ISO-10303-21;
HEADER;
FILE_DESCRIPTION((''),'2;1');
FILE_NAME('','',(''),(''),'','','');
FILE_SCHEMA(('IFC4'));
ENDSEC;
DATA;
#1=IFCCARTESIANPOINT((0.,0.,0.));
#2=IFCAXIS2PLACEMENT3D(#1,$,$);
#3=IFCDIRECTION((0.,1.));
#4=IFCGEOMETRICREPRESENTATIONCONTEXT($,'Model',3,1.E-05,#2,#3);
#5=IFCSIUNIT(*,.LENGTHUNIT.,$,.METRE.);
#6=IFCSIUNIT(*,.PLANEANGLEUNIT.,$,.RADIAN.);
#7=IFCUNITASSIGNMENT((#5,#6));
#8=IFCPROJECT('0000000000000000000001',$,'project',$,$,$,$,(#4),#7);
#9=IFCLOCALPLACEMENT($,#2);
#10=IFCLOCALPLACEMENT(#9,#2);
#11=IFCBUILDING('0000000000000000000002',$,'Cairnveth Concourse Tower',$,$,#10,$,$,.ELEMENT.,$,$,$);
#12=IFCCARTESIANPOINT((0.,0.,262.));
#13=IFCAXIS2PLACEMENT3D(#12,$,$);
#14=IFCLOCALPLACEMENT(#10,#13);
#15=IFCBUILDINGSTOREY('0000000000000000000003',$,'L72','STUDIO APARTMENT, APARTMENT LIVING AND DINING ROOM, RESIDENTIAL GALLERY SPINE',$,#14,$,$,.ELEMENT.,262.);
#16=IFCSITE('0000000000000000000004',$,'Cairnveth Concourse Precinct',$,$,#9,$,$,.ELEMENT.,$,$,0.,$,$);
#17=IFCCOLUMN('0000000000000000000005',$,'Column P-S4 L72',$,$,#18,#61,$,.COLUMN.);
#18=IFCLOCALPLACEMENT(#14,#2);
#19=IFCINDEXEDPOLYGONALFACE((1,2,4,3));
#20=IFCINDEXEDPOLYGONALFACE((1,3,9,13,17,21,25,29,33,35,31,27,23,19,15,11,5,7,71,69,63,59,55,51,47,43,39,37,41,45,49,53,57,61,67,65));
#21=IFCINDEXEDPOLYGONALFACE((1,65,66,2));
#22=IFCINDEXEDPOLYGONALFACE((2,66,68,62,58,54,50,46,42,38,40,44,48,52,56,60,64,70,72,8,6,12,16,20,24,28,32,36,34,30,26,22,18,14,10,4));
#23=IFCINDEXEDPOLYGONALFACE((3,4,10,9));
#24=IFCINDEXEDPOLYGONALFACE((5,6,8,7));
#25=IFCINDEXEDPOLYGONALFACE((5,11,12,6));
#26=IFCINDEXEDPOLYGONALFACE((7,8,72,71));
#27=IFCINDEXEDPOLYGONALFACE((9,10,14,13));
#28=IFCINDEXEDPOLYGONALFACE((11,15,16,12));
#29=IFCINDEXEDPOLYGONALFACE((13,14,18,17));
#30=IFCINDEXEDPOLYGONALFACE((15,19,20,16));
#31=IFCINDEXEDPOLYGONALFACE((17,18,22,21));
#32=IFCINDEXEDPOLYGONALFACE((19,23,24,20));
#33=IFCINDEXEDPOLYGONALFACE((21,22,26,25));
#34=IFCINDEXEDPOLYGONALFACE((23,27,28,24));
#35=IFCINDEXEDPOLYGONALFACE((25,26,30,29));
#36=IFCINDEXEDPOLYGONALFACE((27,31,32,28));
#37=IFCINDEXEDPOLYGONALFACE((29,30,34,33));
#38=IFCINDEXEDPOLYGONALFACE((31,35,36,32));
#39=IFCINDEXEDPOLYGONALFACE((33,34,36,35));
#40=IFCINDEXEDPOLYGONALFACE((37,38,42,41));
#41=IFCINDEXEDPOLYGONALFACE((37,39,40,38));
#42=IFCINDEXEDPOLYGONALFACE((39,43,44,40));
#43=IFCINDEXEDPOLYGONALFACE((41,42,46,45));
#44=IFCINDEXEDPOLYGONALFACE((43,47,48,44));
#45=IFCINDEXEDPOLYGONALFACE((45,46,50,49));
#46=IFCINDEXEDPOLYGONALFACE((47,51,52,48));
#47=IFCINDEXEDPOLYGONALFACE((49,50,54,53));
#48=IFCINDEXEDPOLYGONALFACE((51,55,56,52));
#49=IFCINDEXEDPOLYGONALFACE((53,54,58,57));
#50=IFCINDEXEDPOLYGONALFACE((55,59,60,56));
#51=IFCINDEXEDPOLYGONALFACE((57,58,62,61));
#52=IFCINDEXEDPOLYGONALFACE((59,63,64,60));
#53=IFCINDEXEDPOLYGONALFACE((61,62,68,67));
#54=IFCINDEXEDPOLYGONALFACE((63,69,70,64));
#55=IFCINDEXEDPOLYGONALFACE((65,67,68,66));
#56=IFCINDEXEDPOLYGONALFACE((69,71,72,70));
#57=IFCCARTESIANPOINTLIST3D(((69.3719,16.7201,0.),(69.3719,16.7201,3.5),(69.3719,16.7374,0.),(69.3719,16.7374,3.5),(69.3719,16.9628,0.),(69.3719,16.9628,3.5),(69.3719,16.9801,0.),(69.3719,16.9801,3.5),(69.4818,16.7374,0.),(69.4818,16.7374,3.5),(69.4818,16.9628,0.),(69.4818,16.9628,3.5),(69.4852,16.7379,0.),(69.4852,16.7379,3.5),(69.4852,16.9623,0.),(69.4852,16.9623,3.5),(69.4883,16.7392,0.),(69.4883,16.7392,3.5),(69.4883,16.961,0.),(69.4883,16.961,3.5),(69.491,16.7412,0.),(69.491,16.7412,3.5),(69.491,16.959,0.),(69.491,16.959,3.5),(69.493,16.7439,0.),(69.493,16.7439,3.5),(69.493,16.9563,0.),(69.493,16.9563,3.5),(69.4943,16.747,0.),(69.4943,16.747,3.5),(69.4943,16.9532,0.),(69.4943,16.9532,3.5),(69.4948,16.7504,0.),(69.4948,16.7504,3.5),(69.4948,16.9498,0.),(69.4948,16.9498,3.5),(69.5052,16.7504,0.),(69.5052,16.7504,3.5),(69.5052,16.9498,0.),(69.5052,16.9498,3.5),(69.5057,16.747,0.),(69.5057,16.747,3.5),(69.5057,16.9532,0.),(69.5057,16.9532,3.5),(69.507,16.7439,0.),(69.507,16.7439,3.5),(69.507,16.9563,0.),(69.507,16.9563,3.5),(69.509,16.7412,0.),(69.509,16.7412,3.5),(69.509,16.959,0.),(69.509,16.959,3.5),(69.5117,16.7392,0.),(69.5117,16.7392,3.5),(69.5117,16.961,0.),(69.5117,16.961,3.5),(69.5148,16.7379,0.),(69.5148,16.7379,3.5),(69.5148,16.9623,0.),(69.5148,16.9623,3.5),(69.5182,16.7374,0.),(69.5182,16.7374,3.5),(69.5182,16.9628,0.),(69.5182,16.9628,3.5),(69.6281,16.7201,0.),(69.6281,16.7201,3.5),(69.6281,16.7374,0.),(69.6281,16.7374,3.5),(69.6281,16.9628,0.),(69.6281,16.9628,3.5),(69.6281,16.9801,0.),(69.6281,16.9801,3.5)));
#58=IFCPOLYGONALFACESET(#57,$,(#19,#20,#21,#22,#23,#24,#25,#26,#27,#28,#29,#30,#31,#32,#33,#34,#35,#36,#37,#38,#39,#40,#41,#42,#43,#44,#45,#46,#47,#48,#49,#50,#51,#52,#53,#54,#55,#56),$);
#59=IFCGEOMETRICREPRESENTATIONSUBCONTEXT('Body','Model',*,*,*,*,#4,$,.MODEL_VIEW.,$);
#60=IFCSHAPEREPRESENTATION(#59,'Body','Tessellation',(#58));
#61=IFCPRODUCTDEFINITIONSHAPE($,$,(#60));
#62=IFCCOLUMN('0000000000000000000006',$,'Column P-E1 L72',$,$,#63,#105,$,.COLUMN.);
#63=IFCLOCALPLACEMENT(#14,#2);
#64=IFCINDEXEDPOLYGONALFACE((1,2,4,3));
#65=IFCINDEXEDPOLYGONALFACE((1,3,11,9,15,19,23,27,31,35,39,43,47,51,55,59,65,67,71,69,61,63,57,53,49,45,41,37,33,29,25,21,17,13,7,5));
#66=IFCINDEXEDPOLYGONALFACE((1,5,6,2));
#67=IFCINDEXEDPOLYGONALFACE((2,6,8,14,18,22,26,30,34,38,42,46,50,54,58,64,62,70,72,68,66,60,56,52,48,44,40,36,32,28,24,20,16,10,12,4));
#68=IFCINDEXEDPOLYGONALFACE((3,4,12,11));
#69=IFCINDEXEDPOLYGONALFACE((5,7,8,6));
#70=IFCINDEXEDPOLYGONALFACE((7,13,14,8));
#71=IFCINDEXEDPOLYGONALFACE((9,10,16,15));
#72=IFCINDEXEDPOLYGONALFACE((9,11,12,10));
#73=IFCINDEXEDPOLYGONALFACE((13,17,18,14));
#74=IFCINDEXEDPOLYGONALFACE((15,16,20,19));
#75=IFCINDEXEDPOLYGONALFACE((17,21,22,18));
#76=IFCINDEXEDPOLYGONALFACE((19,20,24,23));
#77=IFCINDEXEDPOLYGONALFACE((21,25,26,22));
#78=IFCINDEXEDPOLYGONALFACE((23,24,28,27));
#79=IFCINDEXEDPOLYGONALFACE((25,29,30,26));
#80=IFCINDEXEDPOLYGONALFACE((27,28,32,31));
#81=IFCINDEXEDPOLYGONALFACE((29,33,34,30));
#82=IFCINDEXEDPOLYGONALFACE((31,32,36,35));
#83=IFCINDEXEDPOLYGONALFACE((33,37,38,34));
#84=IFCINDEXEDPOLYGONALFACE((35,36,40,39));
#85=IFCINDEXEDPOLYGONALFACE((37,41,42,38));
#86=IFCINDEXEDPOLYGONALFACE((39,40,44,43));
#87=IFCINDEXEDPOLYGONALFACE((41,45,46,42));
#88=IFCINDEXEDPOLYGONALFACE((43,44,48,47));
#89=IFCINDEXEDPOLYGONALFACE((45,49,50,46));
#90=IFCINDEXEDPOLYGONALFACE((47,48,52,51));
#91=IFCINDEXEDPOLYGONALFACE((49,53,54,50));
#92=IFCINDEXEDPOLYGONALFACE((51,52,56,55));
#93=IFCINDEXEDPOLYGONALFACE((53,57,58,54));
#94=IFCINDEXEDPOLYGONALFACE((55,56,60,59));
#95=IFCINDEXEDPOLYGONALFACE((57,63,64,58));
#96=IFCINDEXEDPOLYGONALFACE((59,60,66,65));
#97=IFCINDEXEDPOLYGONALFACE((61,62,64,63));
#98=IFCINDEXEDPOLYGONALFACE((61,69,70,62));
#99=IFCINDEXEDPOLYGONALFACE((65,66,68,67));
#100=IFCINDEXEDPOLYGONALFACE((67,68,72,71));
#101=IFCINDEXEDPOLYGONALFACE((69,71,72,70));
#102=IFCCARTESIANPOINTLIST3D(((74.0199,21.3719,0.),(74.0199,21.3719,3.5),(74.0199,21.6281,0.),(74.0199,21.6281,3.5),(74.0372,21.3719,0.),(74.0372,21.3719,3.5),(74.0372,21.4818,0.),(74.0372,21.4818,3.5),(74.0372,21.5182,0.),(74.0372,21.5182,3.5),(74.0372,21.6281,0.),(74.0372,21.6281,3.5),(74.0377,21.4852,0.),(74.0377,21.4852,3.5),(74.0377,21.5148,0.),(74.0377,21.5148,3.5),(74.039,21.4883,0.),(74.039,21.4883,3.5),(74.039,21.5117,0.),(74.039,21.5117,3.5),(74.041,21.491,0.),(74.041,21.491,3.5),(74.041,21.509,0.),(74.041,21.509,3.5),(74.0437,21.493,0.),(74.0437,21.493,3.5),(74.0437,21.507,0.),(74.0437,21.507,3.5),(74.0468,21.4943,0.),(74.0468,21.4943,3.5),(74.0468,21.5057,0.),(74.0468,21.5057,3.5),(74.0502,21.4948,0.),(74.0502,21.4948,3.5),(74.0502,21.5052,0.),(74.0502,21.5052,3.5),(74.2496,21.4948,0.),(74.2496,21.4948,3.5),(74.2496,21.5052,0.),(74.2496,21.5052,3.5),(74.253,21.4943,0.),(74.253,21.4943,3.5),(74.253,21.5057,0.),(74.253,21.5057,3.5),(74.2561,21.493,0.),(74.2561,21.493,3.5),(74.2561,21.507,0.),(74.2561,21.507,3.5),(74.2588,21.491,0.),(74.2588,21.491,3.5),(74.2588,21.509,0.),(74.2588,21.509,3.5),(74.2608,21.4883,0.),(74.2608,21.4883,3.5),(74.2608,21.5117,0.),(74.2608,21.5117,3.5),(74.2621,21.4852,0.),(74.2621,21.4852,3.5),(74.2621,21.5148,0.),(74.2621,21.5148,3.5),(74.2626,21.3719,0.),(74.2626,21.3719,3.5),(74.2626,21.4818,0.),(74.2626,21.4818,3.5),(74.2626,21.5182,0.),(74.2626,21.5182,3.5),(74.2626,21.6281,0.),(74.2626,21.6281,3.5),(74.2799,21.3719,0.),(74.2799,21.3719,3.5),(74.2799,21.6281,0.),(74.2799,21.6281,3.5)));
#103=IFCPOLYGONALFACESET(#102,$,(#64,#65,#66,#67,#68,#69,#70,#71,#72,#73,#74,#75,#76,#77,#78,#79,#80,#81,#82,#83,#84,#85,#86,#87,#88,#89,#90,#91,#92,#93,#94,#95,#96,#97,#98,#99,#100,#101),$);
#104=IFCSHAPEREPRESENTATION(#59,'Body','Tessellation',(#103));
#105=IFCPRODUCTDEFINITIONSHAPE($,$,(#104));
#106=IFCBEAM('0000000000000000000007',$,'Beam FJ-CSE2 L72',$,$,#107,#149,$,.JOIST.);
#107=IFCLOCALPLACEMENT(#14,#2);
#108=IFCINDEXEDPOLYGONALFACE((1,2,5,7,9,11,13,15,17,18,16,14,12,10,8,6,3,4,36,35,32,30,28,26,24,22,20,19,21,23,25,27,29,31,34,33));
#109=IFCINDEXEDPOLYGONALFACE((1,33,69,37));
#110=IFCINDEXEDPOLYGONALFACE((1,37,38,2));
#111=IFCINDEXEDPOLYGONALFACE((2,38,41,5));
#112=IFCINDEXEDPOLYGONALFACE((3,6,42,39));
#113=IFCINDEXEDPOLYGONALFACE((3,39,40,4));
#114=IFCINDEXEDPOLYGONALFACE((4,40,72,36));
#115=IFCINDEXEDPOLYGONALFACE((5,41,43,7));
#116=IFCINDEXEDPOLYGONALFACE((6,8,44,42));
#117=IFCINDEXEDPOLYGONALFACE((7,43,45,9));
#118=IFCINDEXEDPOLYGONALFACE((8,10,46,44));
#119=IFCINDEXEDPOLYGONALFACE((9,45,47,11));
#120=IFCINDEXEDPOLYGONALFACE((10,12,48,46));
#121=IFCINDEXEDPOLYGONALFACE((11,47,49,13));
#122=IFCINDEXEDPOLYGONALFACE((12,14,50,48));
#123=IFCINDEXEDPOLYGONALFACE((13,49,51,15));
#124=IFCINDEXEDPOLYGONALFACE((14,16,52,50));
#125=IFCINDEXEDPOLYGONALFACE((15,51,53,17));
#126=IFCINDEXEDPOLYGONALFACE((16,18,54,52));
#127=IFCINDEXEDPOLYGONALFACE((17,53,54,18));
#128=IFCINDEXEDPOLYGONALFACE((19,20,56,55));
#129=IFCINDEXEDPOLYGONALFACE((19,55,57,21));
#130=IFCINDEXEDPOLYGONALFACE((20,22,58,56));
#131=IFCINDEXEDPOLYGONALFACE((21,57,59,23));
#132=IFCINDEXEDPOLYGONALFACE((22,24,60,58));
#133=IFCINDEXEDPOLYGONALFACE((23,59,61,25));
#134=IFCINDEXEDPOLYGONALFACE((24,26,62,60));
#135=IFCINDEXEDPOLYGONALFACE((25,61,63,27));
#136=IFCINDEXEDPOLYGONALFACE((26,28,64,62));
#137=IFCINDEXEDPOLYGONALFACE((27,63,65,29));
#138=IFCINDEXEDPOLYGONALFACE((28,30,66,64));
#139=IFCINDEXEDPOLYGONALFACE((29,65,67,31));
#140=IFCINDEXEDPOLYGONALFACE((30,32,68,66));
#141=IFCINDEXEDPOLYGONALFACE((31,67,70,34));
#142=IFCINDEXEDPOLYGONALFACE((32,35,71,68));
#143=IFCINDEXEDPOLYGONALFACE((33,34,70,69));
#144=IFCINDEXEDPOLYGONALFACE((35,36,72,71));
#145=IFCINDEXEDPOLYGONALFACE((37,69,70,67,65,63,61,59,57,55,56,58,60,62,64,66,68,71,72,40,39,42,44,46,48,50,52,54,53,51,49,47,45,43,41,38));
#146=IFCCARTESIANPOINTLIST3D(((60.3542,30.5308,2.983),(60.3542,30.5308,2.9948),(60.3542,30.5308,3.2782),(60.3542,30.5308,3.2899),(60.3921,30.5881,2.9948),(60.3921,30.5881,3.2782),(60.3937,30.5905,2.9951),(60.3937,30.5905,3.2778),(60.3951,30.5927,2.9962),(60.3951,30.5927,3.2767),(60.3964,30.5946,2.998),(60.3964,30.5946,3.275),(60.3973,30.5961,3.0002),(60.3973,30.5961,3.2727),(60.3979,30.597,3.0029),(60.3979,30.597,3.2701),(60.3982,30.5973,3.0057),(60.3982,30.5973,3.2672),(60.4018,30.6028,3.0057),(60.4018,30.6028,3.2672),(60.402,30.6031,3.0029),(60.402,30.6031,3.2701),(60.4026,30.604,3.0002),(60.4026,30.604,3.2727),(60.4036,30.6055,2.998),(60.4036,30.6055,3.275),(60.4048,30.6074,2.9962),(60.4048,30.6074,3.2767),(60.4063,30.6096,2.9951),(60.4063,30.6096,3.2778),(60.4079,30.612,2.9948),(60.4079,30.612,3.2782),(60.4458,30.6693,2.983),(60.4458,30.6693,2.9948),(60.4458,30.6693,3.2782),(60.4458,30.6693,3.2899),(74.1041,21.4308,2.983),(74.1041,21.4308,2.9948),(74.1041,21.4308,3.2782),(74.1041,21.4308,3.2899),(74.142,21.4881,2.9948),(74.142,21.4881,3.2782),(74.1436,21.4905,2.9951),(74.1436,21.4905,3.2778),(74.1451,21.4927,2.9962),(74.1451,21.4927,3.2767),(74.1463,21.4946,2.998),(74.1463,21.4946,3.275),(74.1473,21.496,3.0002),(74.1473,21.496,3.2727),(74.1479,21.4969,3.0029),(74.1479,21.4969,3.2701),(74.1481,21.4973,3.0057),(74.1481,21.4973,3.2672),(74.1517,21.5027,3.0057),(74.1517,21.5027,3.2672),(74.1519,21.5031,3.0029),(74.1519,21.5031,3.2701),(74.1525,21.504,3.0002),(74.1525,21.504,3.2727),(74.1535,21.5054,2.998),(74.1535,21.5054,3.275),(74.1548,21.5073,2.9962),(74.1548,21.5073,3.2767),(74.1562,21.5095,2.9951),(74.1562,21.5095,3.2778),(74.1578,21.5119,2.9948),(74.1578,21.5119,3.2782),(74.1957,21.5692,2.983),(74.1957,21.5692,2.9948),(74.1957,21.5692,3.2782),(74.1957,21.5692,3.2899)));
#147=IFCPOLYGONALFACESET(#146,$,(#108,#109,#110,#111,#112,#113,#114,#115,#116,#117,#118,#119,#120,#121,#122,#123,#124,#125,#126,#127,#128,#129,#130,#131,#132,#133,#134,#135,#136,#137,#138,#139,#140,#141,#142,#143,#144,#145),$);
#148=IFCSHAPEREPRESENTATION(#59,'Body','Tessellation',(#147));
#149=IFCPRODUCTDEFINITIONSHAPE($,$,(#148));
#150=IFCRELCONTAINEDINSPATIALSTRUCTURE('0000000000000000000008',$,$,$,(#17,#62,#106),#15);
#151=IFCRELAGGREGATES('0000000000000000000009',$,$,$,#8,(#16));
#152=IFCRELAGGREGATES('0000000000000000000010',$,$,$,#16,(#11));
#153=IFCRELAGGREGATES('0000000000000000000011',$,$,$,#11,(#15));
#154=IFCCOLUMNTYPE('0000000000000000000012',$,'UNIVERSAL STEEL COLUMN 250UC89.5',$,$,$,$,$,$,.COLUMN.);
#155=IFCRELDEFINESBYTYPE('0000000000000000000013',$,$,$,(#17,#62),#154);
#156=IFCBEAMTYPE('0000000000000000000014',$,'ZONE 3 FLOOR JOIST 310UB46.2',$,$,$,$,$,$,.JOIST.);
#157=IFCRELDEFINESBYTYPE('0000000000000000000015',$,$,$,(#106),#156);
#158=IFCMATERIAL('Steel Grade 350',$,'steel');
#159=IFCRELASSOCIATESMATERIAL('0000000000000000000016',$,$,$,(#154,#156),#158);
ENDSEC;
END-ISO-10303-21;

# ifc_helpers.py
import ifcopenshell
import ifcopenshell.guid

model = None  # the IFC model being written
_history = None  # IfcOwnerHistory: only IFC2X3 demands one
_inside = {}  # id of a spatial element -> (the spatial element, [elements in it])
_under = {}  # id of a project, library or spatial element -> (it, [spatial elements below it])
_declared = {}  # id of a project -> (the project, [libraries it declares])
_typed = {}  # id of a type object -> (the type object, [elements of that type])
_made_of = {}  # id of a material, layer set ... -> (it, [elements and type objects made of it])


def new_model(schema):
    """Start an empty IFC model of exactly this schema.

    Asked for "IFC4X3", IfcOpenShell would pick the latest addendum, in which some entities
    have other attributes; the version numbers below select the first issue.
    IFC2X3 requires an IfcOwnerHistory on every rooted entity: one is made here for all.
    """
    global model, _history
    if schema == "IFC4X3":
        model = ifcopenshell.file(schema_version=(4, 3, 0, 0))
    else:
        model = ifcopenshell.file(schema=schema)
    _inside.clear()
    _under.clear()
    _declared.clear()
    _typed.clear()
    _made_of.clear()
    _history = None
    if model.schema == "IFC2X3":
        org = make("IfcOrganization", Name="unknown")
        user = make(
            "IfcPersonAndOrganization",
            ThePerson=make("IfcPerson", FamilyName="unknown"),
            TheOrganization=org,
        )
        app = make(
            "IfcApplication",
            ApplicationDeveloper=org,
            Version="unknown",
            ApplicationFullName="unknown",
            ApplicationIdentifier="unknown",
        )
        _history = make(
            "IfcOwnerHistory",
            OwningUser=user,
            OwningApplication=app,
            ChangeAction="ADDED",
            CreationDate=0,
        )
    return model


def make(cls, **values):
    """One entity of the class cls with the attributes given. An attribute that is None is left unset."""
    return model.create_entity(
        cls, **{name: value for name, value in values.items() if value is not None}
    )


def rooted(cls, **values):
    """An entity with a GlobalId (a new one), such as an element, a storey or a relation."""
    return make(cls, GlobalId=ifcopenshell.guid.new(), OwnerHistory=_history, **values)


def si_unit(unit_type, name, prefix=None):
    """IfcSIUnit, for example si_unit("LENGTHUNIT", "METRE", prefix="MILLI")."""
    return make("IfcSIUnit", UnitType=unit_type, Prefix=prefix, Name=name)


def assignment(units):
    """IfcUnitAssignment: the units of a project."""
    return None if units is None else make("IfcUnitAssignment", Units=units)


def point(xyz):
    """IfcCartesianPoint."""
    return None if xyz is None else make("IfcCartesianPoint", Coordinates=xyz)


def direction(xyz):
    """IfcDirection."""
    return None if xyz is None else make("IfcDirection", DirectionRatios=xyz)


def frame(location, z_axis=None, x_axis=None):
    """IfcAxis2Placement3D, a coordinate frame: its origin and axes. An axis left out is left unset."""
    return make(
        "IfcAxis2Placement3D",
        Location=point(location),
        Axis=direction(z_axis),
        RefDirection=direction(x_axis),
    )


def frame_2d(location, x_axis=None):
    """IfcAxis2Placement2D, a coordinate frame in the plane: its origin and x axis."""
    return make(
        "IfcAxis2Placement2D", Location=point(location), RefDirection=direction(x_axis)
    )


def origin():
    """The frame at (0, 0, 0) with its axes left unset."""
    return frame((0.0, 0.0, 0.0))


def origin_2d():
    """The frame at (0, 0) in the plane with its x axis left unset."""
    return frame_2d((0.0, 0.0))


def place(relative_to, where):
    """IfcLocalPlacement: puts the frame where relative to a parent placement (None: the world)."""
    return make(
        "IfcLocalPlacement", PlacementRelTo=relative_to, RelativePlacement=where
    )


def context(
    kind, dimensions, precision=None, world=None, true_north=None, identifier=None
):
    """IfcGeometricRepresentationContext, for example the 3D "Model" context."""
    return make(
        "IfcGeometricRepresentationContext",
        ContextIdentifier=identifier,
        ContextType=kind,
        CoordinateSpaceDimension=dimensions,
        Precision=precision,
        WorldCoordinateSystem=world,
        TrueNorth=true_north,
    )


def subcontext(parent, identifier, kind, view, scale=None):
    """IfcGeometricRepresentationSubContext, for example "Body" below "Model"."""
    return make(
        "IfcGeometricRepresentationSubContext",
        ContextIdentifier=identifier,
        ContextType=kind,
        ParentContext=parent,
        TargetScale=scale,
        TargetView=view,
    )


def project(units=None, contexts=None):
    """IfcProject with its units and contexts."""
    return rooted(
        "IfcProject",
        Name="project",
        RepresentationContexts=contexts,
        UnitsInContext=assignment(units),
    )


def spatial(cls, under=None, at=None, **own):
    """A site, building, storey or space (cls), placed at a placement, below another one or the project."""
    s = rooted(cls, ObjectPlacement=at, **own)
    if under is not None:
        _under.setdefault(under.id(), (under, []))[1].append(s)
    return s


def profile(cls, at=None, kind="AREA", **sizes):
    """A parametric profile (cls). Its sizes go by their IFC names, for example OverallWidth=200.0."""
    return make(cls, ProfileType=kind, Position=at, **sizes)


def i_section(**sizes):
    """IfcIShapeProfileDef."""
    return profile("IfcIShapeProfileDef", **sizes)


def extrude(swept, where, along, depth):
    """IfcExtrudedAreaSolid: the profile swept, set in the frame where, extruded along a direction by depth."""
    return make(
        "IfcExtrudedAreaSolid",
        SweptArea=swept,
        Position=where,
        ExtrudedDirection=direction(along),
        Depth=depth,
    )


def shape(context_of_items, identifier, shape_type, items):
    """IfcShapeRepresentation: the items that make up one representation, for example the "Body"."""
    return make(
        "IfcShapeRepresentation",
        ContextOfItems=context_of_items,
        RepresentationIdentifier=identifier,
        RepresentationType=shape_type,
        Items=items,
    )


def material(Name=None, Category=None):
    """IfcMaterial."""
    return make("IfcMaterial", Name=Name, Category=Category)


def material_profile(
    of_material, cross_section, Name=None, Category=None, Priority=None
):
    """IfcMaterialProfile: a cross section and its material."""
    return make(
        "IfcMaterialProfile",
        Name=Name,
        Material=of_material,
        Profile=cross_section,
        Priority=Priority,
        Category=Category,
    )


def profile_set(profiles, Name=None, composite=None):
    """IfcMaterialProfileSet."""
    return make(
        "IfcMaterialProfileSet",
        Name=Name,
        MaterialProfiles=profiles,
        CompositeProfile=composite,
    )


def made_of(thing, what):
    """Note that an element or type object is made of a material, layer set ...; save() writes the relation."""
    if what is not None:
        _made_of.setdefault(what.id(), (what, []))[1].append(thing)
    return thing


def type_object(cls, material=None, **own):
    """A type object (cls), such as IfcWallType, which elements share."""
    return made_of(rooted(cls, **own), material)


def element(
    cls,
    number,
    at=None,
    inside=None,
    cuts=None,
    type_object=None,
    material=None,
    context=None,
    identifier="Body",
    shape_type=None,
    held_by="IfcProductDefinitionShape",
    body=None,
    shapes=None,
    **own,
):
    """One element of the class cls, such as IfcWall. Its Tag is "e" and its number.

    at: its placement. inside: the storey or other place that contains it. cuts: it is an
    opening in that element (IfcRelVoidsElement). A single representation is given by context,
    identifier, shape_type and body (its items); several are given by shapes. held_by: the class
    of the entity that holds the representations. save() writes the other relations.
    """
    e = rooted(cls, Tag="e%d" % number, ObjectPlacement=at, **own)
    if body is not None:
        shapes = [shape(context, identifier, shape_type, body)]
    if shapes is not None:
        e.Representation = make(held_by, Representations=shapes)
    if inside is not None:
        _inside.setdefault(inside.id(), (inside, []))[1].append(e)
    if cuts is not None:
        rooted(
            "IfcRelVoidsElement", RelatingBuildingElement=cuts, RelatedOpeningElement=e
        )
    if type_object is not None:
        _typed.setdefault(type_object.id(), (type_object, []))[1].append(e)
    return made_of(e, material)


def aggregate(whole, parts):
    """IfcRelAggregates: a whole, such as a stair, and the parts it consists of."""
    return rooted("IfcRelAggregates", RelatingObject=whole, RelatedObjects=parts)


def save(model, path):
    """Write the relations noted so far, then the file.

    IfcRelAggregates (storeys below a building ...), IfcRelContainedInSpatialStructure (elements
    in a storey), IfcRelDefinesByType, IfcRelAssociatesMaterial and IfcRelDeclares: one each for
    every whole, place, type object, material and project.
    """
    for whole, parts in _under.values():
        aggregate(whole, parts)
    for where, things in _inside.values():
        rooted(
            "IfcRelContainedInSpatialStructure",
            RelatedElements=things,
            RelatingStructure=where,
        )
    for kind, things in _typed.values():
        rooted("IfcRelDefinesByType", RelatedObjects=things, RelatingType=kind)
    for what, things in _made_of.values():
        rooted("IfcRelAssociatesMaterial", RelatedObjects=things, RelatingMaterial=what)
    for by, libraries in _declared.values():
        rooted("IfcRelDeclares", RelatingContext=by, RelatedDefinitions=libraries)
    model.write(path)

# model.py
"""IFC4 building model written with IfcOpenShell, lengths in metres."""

from ifc_helpers import new_model, si_unit, direction, frame, origin, origin_2d, place, context, subcontext, project, spatial, i_section, extrude, material, material_profile, profile_set, type_object, element, save


model = new_model("IFC4")

# Units and contexts
model_context = context("Model", 3, precision=1e-05, world=origin(), true_north=direction((0.0, 1.0)))
body_context = subcontext(model_context, "Body", "Model", "MODEL_VIEW")
ifc_project = project(units=[si_unit("LENGTHUNIT", "METRE"), si_unit("PLANEANGLEUNIT", "RADIAN")], contexts=[model_context])

# Site, building, storey
site_placement = place(None, origin())
site = spatial("IfcSite", under=ifc_project, at=site_placement, Name="Cairnveth Concourse Precinct", CompositionType="ELEMENT", RefElevation=0.0)
building_placement = place(site_placement, origin())
building = spatial("IfcBuilding", under=site, at=building_placement, Name="Cairnveth Concourse Tower", CompositionType="ELEMENT")
storey_placement = place(building_placement, frame((0.0, 0.0, 262.0)))
storey = spatial("IfcBuildingStorey", under=building, at=storey_placement, Name="L72", Description="STUDIO APARTMENT, APARTMENT LIVING AND DINING ROOM, RESIDENTIAL GALLERY SPINE", CompositionType="ELEMENT", Elevation=262.0)

# Columns
ifc_material_1 = material(Name="Steel Grade 350", Category="steel")
ifc_material_profile_1 = material_profile(ifc_material_1, i_section(OverallWidth=0.2561, OverallDepth=0.26, WebThickness=0.0105, FlangeThickness=0.0173, FilletRadius=0.0129, at=origin_2d()), Name="250UC89.5")
ifc_profile_set_1 = profile_set([ifc_material_profile_1], Name="Steel Grade 350")
column_type = type_object("IfcColumnType", Name="UNIVERSAL STEEL COLUMN 250UC89.5", PredefinedType="COLUMN", material=ifc_profile_set_1)
for number, where, z_axis, x_axis, name in (
    (1, (69.5, 16.8501, 0.0), (0.0, 0.0, 1.0), (1.0, 0.0, 0.0), "Column P-S4 L72"),
    (2, (74.1499, 21.5, 0.0), (0.0, 0.0, 1.0), (0.0, 1.0, 0.0), "Column P-E1 L72"),
):
    element("IfcColumn", number, at=place(storey_placement, frame(where, z_axis=z_axis, x_axis=x_axis)), inside=storey, type_object=column_type, Name=name, PredefinedType="COLUMN", context=body_context, shape_type="SweptSolid", body=[
        extrude(i_section(OverallWidth=0.2561, OverallDepth=0.26, WebThickness=0.0105, FlangeThickness=0.0173, FilletRadius=0.0129, at=origin_2d()), origin(), (0.0, 0.0, 1.0), 3.5),
    ])

# Beam
ifc_material_profile_2 = material_profile(ifc_material_1, i_section(OverallWidth=0.166, OverallDepth=0.3069, WebThickness=0.0066, FlangeThickness=0.0117, FilletRadius=0.011, at=origin_2d()), Name="310UB46.2")
ifc_profile_set_2 = profile_set([ifc_material_profile_2], Name="Steel Grade 350")
beam_type_1 = type_object("IfcBeamType", Name="ZONE 3 FLOOR JOIST 310UB46.2", PredefinedType="JOIST", material=ifc_profile_set_2)
beam_1_placement = place(storey_placement, frame((74.1499, 21.5, 3.1365), z_axis=(-0.833909, 0.551902, 0.0), x_axis=(-0.551902, -0.833909, 0.0)))
element("IfcBeam", 3, at=beam_1_placement, inside=storey, type_object=beam_type_1, Name="Beam FJ-CSE2 L72", PredefinedType="JOIST", context=body_context, shape_type="SweptSolid", body=[
    extrude(i_section(OverallWidth=0.166, OverallDepth=0.3069, WebThickness=0.0066, FlangeThickness=0.0117, FilletRadius=0.011, at=origin_2d()), origin(), (0.0, 0.0, 1.0), 16.4885),
])

save(model, "model.ifc")
